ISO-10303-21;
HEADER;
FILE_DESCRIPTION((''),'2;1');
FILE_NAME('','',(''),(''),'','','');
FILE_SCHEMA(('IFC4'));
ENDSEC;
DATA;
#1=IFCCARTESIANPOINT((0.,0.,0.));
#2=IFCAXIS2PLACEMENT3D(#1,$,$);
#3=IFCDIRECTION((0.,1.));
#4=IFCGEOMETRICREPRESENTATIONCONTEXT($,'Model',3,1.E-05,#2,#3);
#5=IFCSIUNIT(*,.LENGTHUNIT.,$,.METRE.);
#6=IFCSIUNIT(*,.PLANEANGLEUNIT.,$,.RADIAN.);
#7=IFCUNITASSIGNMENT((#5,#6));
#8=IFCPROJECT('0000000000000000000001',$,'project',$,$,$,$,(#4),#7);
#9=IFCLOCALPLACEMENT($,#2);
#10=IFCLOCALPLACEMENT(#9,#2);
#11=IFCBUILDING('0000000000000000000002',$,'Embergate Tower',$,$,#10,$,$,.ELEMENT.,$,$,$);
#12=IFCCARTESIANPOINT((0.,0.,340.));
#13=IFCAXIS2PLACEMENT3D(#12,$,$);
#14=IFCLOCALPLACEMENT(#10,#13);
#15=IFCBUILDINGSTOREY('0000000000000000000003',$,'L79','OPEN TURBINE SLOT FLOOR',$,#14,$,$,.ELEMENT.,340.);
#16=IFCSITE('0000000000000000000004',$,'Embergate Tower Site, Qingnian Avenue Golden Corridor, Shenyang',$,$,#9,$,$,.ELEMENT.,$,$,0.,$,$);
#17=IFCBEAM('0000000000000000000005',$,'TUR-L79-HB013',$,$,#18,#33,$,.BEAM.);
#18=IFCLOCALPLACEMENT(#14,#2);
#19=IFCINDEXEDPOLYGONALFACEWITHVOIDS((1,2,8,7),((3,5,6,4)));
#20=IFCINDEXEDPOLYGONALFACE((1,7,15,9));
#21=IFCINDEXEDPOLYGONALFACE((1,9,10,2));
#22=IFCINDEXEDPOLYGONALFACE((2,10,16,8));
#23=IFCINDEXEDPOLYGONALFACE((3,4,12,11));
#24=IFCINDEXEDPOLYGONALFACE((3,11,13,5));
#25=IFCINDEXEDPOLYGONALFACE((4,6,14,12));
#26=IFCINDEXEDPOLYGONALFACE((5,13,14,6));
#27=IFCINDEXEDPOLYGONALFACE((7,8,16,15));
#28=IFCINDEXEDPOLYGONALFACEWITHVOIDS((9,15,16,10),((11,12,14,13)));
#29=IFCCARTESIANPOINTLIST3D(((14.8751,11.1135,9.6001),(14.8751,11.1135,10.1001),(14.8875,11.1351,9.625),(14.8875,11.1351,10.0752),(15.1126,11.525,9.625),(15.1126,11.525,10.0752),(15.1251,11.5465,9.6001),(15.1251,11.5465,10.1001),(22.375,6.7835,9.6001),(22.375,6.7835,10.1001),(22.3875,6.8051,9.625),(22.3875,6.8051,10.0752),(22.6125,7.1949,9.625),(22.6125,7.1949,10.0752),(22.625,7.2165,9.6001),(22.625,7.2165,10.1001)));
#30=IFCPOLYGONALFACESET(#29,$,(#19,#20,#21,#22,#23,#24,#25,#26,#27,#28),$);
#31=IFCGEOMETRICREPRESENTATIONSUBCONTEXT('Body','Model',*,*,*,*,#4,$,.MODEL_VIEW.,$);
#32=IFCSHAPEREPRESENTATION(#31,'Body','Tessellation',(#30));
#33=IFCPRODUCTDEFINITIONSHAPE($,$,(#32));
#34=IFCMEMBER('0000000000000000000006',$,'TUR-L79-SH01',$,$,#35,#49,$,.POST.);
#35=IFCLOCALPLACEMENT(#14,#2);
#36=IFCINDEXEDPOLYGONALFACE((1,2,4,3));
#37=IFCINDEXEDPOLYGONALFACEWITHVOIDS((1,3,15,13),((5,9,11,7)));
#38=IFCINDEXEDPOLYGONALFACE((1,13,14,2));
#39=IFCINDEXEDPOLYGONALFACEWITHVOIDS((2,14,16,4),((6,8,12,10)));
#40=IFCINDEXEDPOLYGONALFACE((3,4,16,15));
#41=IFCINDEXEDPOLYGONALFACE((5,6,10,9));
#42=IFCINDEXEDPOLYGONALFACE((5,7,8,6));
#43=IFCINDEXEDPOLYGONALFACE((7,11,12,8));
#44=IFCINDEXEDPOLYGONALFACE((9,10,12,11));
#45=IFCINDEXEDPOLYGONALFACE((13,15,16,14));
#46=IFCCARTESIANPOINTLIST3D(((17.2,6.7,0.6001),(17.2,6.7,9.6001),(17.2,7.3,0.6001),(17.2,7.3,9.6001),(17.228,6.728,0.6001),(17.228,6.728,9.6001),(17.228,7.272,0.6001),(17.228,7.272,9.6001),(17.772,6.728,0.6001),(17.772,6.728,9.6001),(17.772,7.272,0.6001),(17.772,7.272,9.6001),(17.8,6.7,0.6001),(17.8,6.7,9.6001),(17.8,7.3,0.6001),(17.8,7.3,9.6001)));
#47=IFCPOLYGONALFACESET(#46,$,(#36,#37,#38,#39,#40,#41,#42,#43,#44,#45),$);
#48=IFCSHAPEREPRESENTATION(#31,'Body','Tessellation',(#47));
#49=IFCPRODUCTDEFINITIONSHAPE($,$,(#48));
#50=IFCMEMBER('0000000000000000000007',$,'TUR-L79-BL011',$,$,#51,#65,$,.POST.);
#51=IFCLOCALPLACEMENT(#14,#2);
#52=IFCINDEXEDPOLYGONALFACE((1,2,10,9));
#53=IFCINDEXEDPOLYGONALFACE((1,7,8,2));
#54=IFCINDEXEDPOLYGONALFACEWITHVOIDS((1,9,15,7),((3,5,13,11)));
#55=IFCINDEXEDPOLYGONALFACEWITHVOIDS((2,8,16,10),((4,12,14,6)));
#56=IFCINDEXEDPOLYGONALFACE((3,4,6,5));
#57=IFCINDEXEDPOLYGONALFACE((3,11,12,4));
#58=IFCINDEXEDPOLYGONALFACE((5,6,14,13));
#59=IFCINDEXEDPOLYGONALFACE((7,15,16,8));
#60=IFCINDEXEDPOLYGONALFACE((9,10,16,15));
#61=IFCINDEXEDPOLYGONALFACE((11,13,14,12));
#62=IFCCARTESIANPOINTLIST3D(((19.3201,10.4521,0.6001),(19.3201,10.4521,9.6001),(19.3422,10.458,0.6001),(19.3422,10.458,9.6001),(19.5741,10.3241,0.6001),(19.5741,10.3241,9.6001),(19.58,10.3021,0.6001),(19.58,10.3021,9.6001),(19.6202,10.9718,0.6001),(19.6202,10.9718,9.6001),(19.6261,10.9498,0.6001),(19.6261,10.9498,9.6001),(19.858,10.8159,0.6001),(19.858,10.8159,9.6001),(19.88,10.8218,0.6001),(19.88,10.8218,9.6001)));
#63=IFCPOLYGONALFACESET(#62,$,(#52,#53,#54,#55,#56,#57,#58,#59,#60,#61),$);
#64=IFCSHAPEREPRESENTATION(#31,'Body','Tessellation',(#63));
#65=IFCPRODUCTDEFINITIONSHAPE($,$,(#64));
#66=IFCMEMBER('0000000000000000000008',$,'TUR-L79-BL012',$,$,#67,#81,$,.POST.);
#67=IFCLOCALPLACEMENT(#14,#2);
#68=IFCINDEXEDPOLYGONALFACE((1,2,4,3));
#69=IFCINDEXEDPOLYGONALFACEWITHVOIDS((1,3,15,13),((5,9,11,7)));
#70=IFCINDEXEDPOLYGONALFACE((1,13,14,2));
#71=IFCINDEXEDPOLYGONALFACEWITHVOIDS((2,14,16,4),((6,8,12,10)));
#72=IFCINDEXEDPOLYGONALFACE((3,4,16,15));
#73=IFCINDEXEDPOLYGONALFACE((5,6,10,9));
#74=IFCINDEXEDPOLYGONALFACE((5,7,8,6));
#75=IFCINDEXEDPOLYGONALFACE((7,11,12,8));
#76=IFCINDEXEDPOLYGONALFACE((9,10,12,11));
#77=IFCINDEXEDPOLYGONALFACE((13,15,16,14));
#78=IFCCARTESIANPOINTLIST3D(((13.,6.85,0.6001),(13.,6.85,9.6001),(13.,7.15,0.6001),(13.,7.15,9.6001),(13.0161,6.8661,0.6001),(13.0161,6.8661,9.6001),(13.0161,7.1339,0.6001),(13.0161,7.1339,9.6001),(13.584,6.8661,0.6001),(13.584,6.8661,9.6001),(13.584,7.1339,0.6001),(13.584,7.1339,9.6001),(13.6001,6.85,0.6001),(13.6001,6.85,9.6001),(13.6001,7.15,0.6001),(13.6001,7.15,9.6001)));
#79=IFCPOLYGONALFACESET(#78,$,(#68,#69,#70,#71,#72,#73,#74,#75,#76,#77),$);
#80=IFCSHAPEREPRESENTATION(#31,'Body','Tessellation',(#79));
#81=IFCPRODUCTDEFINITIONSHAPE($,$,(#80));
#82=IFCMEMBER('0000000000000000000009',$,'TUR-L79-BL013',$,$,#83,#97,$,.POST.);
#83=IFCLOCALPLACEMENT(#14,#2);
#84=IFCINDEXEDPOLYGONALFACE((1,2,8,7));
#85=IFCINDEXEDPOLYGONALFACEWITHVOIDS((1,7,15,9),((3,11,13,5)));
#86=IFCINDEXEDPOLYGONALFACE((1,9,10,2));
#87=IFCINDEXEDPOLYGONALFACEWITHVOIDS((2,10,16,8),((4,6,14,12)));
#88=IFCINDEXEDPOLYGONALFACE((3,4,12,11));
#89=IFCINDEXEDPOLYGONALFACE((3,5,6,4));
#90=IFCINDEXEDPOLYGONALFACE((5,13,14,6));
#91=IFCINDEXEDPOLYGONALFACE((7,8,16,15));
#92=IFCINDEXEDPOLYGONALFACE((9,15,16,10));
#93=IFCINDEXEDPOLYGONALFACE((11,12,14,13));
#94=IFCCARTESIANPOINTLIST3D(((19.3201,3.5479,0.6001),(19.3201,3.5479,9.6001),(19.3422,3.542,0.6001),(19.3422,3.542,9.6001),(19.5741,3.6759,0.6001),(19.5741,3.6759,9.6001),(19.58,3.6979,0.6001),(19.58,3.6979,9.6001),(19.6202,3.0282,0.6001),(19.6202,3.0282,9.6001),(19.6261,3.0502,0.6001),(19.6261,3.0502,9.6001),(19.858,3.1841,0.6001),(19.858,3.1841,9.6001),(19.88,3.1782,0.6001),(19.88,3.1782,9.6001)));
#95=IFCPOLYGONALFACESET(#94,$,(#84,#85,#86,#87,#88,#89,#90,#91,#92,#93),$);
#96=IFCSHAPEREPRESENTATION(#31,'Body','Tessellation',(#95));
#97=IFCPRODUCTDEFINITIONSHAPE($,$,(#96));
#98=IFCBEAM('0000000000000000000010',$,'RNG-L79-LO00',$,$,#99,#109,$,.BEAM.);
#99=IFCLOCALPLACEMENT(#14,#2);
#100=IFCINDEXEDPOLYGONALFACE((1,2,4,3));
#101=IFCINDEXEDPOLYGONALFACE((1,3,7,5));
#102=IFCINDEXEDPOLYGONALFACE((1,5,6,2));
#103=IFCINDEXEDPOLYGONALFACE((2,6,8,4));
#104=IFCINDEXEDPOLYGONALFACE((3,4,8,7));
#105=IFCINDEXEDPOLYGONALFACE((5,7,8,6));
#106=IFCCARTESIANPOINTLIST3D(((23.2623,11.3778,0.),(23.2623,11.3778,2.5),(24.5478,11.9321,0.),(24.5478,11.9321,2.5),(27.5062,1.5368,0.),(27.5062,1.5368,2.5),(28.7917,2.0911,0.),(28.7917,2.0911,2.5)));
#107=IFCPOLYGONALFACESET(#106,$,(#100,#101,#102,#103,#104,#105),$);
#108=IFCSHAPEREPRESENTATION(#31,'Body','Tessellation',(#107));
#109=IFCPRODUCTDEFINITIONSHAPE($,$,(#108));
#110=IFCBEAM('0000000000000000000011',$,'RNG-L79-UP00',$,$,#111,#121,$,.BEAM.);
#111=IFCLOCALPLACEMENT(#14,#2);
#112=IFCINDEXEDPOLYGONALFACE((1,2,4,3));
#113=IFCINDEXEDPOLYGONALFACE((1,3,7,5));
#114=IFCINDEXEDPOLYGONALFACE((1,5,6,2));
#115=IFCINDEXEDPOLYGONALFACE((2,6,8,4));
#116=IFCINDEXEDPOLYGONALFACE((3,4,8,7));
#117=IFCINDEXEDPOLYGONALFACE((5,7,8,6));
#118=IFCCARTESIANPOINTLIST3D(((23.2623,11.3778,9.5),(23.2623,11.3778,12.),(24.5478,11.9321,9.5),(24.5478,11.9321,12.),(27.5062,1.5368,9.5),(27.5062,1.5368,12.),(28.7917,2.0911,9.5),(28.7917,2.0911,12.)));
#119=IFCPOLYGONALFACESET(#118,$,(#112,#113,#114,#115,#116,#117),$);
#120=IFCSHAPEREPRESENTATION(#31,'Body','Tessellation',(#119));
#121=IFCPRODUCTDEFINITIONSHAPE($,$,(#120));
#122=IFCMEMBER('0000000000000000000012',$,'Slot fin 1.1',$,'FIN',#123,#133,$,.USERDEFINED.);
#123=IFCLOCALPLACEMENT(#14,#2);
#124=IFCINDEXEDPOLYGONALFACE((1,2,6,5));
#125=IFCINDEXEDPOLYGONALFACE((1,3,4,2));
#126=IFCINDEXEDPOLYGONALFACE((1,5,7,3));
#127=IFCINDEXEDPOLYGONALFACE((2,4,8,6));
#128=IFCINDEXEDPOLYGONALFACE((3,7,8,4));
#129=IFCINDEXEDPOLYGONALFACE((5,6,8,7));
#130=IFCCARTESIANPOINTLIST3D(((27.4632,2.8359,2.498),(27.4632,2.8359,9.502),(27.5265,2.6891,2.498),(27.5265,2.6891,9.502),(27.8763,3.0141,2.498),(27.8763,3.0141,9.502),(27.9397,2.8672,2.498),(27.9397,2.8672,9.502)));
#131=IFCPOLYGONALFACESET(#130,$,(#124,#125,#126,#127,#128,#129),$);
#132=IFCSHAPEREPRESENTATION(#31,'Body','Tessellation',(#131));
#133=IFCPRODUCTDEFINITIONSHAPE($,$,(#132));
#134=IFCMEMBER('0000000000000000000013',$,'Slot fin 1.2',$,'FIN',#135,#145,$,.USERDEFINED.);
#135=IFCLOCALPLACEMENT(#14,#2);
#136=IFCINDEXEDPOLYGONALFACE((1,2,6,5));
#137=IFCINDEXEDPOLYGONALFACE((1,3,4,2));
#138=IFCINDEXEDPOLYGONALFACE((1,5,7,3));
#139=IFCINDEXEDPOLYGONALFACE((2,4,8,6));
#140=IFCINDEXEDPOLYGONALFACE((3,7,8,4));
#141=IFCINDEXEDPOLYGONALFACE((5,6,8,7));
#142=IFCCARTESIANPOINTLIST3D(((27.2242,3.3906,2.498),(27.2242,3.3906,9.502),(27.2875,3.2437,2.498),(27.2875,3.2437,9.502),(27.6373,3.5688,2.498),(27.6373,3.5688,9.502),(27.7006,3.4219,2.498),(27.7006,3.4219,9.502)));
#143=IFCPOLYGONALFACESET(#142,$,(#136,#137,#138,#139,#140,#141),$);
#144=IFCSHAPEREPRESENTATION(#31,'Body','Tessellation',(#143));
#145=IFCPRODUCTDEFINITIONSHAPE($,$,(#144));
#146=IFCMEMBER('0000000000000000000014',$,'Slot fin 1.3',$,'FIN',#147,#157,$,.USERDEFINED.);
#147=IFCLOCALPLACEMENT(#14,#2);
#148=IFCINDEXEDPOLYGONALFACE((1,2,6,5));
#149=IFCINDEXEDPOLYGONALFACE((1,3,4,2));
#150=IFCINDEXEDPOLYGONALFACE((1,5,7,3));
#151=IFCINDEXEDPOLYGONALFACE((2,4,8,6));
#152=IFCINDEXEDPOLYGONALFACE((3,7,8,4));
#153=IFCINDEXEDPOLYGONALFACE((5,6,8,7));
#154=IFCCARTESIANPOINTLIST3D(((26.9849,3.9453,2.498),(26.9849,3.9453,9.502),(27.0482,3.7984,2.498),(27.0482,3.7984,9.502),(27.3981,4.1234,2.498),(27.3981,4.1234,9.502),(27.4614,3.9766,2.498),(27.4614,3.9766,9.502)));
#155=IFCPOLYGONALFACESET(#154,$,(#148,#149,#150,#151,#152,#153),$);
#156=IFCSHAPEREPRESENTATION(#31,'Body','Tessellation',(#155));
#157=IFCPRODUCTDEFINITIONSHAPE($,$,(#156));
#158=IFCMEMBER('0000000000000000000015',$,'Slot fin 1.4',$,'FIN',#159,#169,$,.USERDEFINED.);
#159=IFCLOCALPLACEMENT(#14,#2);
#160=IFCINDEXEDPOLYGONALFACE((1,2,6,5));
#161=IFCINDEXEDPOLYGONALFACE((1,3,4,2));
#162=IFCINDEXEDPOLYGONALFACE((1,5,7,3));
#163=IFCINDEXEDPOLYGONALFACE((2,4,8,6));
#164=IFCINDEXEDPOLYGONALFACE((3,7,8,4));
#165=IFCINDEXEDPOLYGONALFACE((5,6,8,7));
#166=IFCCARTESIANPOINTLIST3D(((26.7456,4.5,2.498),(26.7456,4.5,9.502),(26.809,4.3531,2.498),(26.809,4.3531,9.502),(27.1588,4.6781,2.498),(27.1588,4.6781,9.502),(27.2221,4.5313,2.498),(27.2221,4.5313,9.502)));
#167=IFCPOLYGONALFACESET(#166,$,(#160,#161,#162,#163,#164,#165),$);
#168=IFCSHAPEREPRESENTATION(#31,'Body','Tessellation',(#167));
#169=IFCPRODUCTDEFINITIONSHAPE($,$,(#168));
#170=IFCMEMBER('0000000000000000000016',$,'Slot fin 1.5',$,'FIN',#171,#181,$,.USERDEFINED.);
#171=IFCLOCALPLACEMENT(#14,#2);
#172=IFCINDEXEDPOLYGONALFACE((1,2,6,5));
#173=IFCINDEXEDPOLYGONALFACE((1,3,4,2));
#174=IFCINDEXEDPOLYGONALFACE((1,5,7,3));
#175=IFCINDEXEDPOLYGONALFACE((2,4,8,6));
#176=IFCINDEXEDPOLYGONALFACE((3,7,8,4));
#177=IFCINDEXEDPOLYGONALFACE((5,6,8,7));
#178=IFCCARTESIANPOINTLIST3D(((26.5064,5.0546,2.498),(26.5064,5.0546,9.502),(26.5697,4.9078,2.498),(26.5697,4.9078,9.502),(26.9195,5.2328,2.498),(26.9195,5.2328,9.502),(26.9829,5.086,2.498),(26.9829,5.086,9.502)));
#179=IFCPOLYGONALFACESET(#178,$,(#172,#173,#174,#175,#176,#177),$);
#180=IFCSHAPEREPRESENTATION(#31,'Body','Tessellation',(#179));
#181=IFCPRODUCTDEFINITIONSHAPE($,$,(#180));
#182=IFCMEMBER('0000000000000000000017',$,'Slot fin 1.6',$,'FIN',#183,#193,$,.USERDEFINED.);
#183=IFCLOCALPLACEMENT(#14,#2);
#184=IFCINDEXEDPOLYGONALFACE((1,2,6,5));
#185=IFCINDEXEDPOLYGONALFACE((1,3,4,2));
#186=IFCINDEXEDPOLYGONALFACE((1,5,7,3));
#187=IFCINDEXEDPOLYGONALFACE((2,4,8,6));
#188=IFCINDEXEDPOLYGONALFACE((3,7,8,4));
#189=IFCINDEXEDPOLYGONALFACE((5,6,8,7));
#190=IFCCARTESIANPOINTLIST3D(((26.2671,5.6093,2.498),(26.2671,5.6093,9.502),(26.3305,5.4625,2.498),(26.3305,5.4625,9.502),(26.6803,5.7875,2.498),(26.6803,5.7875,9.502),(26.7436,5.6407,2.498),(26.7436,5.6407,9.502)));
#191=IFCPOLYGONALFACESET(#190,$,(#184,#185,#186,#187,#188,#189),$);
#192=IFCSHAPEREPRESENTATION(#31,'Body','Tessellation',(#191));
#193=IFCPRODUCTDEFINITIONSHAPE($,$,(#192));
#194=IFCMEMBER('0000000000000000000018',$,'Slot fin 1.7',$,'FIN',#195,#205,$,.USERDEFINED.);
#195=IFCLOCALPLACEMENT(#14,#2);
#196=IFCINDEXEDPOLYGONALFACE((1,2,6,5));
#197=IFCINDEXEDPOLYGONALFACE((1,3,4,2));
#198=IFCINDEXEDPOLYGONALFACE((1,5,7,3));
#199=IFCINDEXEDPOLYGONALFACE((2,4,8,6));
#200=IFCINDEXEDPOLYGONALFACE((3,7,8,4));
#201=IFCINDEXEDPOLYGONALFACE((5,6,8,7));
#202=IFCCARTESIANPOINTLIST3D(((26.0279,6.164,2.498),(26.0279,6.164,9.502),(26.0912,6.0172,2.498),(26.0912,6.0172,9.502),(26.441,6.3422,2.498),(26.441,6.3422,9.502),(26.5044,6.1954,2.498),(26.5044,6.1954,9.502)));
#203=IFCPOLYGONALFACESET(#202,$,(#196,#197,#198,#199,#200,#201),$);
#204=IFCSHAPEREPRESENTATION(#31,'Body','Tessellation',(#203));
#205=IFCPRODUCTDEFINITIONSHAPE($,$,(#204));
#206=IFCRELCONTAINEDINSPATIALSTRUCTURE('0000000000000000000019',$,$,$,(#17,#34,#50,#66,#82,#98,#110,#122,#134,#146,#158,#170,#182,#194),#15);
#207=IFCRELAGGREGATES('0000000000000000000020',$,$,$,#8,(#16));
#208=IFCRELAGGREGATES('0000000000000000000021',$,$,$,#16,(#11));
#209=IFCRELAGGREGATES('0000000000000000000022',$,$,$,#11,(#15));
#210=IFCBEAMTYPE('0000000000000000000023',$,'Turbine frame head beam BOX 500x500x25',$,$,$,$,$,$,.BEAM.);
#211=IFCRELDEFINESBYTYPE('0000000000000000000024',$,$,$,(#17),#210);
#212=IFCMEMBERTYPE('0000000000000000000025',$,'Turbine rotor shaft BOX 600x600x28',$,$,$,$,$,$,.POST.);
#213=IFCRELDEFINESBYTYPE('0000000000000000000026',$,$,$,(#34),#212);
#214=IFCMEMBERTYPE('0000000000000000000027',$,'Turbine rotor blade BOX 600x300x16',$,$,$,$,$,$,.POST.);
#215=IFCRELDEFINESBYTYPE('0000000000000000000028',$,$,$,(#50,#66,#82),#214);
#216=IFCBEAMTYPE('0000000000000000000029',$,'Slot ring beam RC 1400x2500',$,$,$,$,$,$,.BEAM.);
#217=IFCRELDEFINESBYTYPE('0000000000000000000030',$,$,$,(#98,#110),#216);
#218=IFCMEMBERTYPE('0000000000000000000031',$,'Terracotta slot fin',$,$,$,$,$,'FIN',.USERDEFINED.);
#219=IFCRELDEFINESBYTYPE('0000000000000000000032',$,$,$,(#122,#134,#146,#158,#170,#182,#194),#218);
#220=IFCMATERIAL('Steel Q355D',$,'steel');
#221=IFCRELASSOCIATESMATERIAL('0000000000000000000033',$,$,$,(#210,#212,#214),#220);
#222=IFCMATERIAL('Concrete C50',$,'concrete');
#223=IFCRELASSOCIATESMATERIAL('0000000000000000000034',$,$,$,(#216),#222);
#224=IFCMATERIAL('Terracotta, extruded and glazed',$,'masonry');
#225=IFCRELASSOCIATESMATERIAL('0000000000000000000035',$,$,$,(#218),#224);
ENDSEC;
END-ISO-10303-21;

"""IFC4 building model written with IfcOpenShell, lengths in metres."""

from ifc_helpers import new_model, si_unit, direction, frame, origin, origin_2d, place, context, subcontext, project, spatial, rectangle, hollow_rectangle, extrude, source, transform, mapped, material, material_profile, profile_set, type_object, element, save


model = new_model("IFC4")

# Units and contexts
model_context = context("Model", 3, precision=1e-05, world=origin(), true_north=direction((0.0, 1.0)))
body_context = subcontext(model_context, "Body", "Model", "MODEL_VIEW")
ifc_project = project(units=[si_unit("LENGTHUNIT", "METRE"), si_unit("PLANEANGLEUNIT", "RADIAN")], contexts=[model_context])

# Site, building, storey
site_placement = place(None, origin())
site = spatial("IfcSite", under=ifc_project, at=site_placement, Name="Embergate Tower Site, Qingnian Avenue Golden Corridor, Shenyang", CompositionType="ELEMENT", RefElevation=0.0)
building_placement = place(site_placement, origin())
building = spatial("IfcBuilding", under=site, at=building_placement, Name="Embergate Tower", CompositionType="ELEMENT")
storey_placement = place(building_placement, frame((0.0, 0.0, 340.0)))
storey = spatial("IfcBuildingStorey", under=building, at=storey_placement, Name="L79", Description="OPEN TURBINE SLOT FLOOR", CompositionType="ELEMENT", Elevation=340.0)

# Shared definitions
ifc_material_1 = material(Name="Concrete C50", Category="concrete")

# Shared definitions
ifc_material_2 = material(Name="Steel Q355D", Category="steel")

# Beam
ifc_material_profile_1 = material_profile(ifc_material_2, hollow_rectangle(XDim=0.5, YDim=0.5, WallThickness=0.0249, at=origin_2d()), Name="BOX 500x500x25")
ifc_profile_set_1 = profile_set([ifc_material_profile_1], Name="Steel Q355 grade D")
beam_type_1 = type_object("IfcBeamType", Name="Turbine frame head beam BOX 500x500x25", PredefinedType="BEAM", material=ifc_profile_set_1)
shared_shape_1 = source(origin(), body_context, "Body", "SweptSolid", [
    extrude(hollow_rectangle(XDim=0.5, YDim=0.5, WallThickness=0.0249, at=origin_2d()), origin(), (0.0, 0.0, 1.0), 8.6602),
])
for number, where, z_axis, x_axis, name in (
    (1, (22.5, 7.0, 9.8501), (-0.866028, 0.499996, 0.0), (-0.499996, -0.866028, 0.0), "TUR-L79-HB013"),
):
    element("IfcBeam", number, at=place(storey_placement, frame(where, z_axis=z_axis, x_axis=x_axis)), inside=storey, type_object=beam_type_1, Name=name, PredefinedType="BEAM", context=body_context, shape_type="MappedRepresentation", body=[
        mapped(shared_shape_1, transform((0.0, 0.0, 0.0))),
    ])

# Members
ifc_material_profile_2 = material_profile(ifc_material_2, hollow_rectangle(XDim=0.6001, YDim=0.6001, WallThickness=0.0281, at=origin_2d()), Name="BOX 600x600x28")
ifc_profile_set_2 = profile_set([ifc_material_profile_2], Name="Steel Q355 grade D")
member_type_1 = type_object("IfcMemberType", Name="Turbine rotor shaft BOX 600x600x28", PredefinedType="POST", material=ifc_profile_set_2)
shared_shape_2 = source(origin(), body_context, "Body", "SweptSolid", [
    extrude(hollow_rectangle(XDim=0.6001, YDim=0.6001, WallThickness=0.0281, at=origin_2d()), origin(), (0.0, 0.0, 1.0), 9.0),
])
member_1_placement = place(storey_placement, frame((17.5, 7.0, 0.6001), z_axis=(0.0, 0.0, 1.0), x_axis=(1.0, 0.0, 0.0)))
element("IfcMember", 2, at=member_1_placement, inside=storey, type_object=member_type_1, Name="TUR-L79-SH01", PredefinedType="POST", context=body_context, shape_type="MappedRepresentation", body=[
    mapped(shared_shape_2, transform((0.0, 0.0, 0.0))),
])
ifc_material_profile_3 = material_profile(ifc_material_2, hollow_rectangle(XDim=0.3, YDim=0.6001, WallThickness=0.0161, at=origin_2d()), Name="BOX 600x300x16")
ifc_profile_set_3 = profile_set([ifc_material_profile_3], Name="Steel Q355 grade D")
member_type_2 = type_object("IfcMemberType", Name="Turbine rotor blade BOX 600x300x16", PredefinedType="POST", material=ifc_profile_set_3)
shared_shape_3 = source(origin(), body_context, "Body", "SweptSolid", [
    extrude(hollow_rectangle(XDim=0.3, YDim=0.6001, WallThickness=0.0161, at=origin_2d()), origin(), (0.0, 0.0, 1.0), 9.0),
])
for number, where, z_axis, x_axis, name in (
    (3, (19.6001, 10.637, 0.6001), (0.0, 0.0, 1.0), (-0.866025, 0.5, 0.0), "TUR-L79-BL011"),
    (4, (13.3, 7.0, 0.6001), (0.0, 0.0, 1.0), (0.0, -1.0, 0.0), "TUR-L79-BL012"),
    (5, (19.6001, 3.363, 0.6001), (0.0, 0.0, 1.0), (0.866025, 0.5, 0.0), "TUR-L79-BL013"),
):
    element("IfcMember", number, at=place(storey_placement, frame(where, z_axis=z_axis, x_axis=x_axis)), inside=storey, type_object=member_type_2, Name=name, PredefinedType="POST", context=body_context, shape_type="MappedRepresentation", body=[
        mapped(shared_shape_3, transform((0.0, 0.0, 0.0))),
    ])

# Beams
ifc_material_profile_4 = material_profile(ifc_material_1, rectangle(XDim=1.3999, YDim=2.5, at=origin_2d()), Name="RC 1400x2500")
ifc_profile_set_4 = profile_set([ifc_material_profile_4], Name="Concrete C50")
beam_type_2 = type_object("IfcBeamType", Name="Slot ring beam RC 1400x2500", PredefinedType="BEAM", material=ifc_profile_set_4)
shared_shape_4 = source(origin(), body_context, "Body", "SweptSolid", [
    extrude(rectangle(XDim=1.3999, YDim=2.5, at=origin_2d()), origin(), (0.0, 0.0, 1.0), 10.717),
])
for number, where, z_axis, x_axis, name in (
    (6, (28.1489, 1.814, 1.25), (-0.395991, 0.918254, 0.0), (-0.918254, -0.395991, 0.0), "RNG-L79-LO00"),
    (7, (28.1489, 1.814, 10.75), (-0.395991, 0.918254, 0.0), (-0.918254, -0.395991, 0.0), "RNG-L79-UP00"),
):
    element("IfcBeam", number, at=place(storey_placement, frame(where, z_axis=z_axis, x_axis=x_axis)), inside=storey, type_object=beam_type_2, Name=name, PredefinedType="BEAM", context=body_context, shape_type="MappedRepresentation", body=[
        mapped(shared_shape_4, transform((0.0, 0.0, 0.0))),
    ])

# Members
ifc_material_3 = material(Name="Terracotta, extruded and glazed", Category="masonry")
ifc_material_profile_5 = material_profile(ifc_material_3, rectangle(XDim=0.45, YDim=0.1599, at=origin_2d()), Name="TC 450x160")
ifc_profile_set_5 = profile_set([ifc_material_profile_5], Name="Terracotta, extruded and glazed")
member_type_3 = type_object("IfcMemberType", Name="Terracotta slot fin", ElementType="FIN", PredefinedType="USERDEFINED", material=ifc_profile_set_5)
shared_shape_5 = source(origin(), body_context, "Body", "SweptSolid", [
    extrude(rectangle(XDim=0.45, YDim=0.1599, at=origin_2d()), origin(), (0.0, 0.0, 1.0), 7.0039),
])
for number, where, z_axis, x_axis, name in (
    (8, (27.7014, 2.8516, 2.498), (0.0, 0.0, 1.0), (-0.91825, -0.396002, 0.0), "Slot fin 1.1"),
    (9, (27.4624, 3.4062, 2.498), (0.0, 0.0, 1.0), (-0.91825, -0.396002, 0.0), "Slot fin 1.2"),
    (10, (27.2231, 3.9609, 2.498), (0.0, 0.0, 1.0), (-0.91825, -0.396002, 0.0), "Slot fin 1.3"),
    (11, (26.9839, 4.5156, 2.498), (0.0, 0.0, 1.0), (-0.91825, -0.396002, 0.0), "Slot fin 1.4"),
    (12, (26.7446, 5.0703, 2.498), (0.0, 0.0, 1.0), (-0.91825, -0.396002, 0.0), "Slot fin 1.5"),
    (13, (26.5054, 5.625, 2.498), (0.0, 0.0, 1.0), (-0.91825, -0.396002, 0.0), "Slot fin 1.6"),
    (14, (26.2661, 6.1797, 2.498), (0.0, 0.0, 1.0), (-0.91825, -0.396002, 0.0), "Slot fin 1.7"),
):
    element("IfcMember", number, at=place(storey_placement, frame(where, z_axis=z_axis, x_axis=x_axis)), inside=storey, type_object=member_type_3, Name=name, ObjectType="FIN", PredefinedType="USERDEFINED", context=body_context, shape_type="MappedRepresentation", body=[
        mapped(shared_shape_5, transform((0.0, 0.0, 0.0))),
    ])

save(model, "model.ifc")
